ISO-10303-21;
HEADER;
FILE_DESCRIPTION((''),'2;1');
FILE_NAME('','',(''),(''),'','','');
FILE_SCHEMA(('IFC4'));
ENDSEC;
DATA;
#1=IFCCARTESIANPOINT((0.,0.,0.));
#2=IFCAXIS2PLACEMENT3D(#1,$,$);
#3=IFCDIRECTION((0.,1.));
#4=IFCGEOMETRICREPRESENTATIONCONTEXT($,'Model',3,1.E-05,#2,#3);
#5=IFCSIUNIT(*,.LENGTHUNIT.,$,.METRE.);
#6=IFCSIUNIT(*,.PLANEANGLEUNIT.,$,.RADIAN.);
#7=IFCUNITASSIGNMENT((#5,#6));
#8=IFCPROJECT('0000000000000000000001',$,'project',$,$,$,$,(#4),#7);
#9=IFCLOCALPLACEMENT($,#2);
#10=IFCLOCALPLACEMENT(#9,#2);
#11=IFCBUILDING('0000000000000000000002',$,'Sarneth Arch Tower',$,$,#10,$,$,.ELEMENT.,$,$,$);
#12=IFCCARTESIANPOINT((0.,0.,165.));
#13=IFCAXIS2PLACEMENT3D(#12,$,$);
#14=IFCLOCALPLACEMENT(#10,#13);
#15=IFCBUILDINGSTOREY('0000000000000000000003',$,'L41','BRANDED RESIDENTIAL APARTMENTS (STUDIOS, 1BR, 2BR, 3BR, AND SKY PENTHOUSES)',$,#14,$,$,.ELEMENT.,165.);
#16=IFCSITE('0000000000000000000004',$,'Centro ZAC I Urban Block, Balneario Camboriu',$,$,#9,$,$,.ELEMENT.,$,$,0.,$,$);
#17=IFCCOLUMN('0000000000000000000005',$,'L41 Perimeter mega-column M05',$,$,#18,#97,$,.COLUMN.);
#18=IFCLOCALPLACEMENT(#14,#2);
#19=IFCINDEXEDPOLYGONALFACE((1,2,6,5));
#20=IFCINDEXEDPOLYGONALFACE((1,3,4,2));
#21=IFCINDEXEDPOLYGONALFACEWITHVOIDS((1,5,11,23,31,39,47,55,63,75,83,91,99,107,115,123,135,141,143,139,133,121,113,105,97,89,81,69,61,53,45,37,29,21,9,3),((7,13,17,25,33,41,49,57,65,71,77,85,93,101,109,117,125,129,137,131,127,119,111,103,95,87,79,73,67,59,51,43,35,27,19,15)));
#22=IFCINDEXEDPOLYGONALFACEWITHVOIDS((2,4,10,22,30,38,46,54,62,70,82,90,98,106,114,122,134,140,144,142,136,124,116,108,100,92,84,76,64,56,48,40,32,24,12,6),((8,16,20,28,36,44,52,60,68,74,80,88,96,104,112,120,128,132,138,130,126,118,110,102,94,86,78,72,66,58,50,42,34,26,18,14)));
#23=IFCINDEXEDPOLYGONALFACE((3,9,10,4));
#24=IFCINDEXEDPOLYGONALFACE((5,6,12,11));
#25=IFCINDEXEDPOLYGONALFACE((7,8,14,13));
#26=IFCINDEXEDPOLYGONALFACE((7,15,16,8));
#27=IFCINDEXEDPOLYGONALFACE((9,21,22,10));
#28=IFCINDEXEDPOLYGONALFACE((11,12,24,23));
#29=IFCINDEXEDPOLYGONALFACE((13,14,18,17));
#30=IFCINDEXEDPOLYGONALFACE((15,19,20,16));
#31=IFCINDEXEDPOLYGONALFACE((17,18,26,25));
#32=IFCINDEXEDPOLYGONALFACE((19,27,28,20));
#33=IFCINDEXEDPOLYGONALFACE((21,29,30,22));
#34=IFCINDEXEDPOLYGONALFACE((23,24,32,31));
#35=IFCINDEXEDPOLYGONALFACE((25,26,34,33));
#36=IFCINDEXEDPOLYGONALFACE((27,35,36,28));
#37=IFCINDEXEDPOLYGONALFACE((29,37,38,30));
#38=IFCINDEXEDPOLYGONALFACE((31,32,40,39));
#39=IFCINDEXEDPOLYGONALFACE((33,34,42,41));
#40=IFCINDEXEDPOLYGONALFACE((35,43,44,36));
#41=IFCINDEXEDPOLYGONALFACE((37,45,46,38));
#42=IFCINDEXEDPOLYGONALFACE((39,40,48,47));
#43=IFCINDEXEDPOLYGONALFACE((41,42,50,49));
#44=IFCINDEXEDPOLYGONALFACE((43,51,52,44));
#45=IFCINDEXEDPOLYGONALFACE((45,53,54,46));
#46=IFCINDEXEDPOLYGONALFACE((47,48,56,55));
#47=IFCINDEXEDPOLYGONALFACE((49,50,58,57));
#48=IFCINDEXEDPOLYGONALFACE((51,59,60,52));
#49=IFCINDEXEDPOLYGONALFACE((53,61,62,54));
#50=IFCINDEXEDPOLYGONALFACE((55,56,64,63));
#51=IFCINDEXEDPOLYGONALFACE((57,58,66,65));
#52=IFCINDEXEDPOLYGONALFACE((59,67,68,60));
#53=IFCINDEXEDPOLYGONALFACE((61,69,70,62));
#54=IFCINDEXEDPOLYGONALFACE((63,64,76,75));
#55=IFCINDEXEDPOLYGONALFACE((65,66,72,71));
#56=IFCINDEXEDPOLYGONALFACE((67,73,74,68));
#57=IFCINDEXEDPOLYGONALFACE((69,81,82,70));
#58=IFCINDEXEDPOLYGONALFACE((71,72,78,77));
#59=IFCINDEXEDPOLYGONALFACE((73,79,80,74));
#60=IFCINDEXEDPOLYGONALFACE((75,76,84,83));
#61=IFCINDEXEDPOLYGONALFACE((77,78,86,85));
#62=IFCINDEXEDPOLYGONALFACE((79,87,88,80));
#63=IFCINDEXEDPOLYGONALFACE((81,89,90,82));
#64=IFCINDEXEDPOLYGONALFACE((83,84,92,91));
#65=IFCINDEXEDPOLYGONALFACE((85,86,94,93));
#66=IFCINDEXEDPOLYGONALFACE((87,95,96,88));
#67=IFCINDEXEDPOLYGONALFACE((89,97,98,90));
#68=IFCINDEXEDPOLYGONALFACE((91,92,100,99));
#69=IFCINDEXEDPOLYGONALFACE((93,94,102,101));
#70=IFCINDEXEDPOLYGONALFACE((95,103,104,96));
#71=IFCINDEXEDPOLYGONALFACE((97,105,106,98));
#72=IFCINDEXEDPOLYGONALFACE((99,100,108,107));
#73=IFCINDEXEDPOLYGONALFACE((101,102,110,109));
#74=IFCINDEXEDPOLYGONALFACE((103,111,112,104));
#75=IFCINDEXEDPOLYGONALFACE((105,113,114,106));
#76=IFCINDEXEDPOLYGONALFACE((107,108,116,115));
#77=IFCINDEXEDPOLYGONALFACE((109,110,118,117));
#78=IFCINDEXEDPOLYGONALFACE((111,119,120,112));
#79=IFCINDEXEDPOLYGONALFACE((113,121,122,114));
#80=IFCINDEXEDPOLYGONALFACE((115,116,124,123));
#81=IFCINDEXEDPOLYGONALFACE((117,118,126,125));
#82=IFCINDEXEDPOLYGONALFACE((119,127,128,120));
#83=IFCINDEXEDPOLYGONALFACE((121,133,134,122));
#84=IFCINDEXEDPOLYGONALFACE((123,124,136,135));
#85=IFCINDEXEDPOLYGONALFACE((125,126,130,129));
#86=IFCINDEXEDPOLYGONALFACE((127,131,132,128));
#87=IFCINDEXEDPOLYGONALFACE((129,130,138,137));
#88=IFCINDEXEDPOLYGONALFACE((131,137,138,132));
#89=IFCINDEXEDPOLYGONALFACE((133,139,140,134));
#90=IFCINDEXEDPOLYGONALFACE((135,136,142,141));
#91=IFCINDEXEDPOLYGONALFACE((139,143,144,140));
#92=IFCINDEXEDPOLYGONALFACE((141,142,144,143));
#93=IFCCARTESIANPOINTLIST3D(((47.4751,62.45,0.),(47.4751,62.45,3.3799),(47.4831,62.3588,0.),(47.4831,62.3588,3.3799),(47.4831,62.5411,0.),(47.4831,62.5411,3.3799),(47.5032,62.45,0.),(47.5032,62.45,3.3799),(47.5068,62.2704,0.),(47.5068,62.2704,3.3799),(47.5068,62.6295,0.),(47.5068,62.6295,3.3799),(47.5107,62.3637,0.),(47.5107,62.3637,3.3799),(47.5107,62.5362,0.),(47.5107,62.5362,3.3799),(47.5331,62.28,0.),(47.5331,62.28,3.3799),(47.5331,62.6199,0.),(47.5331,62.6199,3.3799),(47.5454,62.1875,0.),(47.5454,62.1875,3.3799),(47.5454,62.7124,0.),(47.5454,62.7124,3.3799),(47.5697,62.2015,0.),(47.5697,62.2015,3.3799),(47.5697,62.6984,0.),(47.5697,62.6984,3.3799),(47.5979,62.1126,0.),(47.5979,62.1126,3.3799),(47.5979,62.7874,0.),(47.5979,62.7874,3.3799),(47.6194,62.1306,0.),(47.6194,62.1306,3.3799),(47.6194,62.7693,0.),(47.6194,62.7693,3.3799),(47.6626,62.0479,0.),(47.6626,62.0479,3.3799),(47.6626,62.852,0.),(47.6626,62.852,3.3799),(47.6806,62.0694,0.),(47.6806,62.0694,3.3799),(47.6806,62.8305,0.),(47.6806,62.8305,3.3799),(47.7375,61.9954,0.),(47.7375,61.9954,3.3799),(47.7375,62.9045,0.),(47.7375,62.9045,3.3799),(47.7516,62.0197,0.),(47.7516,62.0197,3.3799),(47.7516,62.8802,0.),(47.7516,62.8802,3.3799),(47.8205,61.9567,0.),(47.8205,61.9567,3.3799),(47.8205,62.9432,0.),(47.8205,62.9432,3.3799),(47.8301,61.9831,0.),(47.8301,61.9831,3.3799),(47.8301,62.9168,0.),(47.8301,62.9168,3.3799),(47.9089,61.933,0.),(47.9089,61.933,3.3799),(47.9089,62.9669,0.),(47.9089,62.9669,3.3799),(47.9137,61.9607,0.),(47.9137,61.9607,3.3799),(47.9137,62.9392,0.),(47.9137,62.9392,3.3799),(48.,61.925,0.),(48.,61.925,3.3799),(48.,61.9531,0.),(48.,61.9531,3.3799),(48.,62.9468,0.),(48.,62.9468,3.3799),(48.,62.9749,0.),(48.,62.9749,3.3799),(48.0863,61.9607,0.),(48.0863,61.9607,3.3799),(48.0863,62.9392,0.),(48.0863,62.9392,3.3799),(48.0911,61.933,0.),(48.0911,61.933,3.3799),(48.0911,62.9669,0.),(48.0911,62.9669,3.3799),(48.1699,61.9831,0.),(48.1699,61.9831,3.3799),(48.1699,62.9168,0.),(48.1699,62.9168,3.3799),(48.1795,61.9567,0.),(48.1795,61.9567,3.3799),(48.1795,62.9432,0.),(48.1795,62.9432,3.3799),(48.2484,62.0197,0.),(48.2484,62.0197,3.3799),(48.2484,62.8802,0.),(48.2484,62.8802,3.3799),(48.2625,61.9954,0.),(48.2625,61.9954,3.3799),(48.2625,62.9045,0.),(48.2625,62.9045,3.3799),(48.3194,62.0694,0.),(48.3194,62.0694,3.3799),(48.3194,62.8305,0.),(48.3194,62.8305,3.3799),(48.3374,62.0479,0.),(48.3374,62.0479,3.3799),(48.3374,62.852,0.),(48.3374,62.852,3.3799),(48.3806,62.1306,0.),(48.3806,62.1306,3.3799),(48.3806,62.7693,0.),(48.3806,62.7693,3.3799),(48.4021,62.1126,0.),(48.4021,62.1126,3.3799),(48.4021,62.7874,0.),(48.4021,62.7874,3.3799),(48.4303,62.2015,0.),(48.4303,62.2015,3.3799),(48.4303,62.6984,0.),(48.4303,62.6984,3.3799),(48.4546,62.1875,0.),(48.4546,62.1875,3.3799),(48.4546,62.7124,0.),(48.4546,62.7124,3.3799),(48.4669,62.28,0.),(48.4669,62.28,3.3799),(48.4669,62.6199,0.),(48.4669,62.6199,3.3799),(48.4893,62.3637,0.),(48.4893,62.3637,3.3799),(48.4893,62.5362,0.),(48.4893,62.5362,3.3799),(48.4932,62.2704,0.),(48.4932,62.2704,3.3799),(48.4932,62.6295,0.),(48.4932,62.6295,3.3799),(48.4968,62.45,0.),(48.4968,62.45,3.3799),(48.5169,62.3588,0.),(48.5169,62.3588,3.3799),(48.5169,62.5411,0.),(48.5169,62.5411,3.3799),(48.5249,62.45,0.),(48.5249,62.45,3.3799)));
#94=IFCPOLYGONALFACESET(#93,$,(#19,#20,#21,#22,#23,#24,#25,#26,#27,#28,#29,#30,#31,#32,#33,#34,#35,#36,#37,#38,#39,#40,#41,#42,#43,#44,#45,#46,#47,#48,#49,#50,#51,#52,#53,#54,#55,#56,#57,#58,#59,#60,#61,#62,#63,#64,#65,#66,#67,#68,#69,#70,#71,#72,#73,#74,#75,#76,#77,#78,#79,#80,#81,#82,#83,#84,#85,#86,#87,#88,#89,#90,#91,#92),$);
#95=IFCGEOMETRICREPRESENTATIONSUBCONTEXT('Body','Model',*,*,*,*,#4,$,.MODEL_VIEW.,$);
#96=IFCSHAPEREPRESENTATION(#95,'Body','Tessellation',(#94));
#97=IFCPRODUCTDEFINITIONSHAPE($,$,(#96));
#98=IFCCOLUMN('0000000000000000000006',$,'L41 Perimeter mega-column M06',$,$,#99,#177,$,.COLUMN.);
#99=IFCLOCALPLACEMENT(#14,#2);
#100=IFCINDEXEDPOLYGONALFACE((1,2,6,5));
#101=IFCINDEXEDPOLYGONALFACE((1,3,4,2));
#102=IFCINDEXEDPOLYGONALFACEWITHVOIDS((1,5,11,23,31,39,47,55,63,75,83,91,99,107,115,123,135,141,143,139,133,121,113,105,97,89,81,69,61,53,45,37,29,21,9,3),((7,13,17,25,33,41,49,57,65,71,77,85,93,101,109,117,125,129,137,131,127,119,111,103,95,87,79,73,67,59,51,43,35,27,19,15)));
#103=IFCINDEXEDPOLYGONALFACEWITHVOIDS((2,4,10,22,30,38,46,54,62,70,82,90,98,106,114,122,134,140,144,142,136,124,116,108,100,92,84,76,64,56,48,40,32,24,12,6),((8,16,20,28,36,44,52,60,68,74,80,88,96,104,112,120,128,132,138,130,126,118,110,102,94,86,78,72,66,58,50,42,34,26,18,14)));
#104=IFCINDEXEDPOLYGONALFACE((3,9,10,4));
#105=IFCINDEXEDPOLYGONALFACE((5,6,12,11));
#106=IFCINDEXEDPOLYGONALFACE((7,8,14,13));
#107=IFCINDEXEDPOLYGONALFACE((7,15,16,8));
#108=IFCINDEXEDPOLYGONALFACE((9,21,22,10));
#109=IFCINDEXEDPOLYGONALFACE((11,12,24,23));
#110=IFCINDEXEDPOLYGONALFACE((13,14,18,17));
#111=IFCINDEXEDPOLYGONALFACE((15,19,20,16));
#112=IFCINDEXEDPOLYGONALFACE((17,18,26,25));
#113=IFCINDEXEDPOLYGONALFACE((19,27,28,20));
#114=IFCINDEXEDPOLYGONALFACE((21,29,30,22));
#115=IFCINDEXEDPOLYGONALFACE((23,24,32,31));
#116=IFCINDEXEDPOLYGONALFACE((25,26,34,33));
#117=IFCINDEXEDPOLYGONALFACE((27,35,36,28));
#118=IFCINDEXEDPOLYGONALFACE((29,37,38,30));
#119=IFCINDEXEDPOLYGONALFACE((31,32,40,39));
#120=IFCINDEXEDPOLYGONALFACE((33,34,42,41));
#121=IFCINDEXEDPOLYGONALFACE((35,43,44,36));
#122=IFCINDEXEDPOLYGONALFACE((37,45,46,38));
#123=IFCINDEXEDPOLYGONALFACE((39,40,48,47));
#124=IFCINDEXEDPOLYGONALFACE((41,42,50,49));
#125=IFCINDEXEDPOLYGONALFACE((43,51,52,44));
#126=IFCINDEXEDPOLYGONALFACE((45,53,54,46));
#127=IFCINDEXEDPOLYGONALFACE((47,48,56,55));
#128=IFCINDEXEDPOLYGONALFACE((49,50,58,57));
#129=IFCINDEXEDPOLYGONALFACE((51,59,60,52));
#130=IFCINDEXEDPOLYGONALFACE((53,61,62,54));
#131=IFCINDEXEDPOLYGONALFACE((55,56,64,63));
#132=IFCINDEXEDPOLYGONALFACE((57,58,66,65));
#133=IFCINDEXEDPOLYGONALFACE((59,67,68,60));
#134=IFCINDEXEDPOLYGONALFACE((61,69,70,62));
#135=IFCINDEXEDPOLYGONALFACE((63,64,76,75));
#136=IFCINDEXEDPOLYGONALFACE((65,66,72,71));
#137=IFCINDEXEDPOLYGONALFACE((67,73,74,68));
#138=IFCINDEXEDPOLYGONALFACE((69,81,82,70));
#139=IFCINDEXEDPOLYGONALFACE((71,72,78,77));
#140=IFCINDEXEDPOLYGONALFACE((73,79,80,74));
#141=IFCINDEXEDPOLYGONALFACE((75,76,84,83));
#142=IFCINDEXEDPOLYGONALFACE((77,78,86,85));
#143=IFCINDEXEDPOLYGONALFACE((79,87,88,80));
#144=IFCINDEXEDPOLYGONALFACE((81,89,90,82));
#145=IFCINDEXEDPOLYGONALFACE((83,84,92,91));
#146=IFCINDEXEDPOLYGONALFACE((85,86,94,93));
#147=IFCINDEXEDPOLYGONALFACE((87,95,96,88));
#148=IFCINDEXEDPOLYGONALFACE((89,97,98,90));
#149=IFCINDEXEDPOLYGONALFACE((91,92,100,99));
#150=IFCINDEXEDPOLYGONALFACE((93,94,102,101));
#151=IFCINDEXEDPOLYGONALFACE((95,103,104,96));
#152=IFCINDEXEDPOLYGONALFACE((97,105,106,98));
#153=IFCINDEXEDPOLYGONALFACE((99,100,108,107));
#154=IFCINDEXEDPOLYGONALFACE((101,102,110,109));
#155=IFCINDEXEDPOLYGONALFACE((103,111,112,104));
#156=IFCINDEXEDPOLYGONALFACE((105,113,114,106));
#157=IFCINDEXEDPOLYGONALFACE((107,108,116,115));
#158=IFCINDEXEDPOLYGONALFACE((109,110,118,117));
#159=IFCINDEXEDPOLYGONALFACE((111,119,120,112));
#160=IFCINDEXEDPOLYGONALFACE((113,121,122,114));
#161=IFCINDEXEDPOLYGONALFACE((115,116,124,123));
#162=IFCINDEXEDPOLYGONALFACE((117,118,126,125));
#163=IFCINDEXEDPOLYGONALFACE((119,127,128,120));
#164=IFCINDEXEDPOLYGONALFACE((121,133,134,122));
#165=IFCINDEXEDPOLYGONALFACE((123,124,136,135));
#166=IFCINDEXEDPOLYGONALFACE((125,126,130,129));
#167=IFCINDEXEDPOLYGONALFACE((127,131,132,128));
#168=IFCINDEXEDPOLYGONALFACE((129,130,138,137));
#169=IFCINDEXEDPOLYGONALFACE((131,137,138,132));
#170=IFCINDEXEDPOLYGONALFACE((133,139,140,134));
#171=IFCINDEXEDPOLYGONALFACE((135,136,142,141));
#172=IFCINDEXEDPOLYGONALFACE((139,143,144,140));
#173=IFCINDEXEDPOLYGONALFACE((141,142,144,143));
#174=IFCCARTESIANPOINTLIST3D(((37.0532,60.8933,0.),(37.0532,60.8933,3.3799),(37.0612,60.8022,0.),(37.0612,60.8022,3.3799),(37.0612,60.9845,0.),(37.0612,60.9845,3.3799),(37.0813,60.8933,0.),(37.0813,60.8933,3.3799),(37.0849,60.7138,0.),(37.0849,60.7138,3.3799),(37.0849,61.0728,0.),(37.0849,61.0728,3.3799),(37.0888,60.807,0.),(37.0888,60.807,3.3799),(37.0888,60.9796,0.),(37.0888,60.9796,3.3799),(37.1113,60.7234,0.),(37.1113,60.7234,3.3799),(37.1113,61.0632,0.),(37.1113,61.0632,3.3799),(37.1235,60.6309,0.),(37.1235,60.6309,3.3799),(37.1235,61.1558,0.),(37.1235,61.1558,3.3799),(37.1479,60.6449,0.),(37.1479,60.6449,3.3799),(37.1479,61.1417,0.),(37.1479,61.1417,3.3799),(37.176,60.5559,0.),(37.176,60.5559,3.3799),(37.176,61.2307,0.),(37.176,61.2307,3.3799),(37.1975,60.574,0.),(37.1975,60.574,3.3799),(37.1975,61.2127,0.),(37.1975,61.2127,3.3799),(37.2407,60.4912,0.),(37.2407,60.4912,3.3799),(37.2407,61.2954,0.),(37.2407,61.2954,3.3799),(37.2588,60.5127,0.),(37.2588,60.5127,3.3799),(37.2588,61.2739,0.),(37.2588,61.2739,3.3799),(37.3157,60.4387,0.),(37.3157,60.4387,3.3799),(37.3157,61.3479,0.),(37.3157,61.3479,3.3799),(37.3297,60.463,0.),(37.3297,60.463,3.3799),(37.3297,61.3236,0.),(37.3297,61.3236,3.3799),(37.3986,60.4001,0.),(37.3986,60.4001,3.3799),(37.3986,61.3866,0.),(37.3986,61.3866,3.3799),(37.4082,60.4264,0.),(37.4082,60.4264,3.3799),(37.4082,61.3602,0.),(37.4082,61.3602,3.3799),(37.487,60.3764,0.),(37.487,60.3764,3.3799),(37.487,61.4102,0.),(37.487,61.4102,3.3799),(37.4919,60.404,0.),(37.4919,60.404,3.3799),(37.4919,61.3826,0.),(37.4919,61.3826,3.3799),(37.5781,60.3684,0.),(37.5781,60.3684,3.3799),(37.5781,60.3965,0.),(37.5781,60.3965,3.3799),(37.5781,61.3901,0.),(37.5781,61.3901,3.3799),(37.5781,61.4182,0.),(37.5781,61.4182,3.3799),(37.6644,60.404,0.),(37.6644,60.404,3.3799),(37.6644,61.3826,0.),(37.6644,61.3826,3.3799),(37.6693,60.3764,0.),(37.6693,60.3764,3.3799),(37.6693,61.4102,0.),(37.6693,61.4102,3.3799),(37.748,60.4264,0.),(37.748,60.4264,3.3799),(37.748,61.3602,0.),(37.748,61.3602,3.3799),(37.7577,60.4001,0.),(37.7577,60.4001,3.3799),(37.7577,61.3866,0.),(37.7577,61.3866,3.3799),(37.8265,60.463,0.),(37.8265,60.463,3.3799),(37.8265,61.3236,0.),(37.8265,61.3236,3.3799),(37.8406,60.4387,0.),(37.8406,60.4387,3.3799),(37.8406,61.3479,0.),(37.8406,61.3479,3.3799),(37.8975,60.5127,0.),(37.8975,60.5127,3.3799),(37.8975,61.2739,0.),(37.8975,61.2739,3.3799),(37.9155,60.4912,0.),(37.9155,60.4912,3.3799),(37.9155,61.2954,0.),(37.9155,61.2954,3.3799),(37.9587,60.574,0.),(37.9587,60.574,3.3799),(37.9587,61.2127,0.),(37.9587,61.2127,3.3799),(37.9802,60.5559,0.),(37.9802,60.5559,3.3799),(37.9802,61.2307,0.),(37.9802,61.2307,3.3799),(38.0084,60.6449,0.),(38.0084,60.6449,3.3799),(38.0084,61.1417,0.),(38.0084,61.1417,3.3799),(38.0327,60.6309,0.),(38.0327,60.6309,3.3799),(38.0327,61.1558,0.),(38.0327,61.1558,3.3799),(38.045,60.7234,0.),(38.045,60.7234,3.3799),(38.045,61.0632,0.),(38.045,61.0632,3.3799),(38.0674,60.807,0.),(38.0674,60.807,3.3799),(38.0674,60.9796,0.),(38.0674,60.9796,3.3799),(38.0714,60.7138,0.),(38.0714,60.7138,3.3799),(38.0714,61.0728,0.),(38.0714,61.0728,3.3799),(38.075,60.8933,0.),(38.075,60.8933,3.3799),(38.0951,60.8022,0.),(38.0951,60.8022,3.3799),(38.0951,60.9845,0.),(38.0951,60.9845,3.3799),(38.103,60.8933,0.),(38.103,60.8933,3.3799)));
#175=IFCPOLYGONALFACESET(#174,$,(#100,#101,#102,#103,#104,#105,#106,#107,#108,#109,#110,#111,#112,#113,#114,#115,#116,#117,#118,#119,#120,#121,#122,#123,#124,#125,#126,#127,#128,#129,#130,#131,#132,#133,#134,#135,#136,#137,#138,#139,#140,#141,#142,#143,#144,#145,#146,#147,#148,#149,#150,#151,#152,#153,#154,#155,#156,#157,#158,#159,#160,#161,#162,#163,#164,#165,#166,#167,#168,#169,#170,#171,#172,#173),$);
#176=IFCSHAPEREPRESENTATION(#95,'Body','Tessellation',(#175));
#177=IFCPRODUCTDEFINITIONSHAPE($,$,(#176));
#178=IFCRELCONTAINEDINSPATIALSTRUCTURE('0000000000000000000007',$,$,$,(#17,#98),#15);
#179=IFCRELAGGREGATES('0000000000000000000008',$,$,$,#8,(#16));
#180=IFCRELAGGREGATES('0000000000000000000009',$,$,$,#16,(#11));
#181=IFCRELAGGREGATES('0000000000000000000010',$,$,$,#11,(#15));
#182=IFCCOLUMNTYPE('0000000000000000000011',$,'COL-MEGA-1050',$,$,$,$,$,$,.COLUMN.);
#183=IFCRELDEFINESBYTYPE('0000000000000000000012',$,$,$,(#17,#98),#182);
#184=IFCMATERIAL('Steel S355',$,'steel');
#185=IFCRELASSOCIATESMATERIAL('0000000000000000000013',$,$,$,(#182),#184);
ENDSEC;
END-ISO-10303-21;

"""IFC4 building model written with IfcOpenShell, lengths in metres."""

from ifc_helpers import new_model, si_unit, direction, frame, origin, origin_2d, place, context, subcontext, project, spatial, hollow_circle, extrude, material, material_profile, profile_set, type_object, element, save


model = new_model("IFC4")

# Units and contexts
model_context = context("Model", 3, precision=1e-05, world=origin(), true_north=direction((0.0, 1.0)))
body_context = subcontext(model_context, "Body", "Model", "MODEL_VIEW")
ifc_project = project(units=[si_unit("LENGTHUNIT", "METRE"), si_unit("PLANEANGLEUNIT", "RADIAN")], contexts=[model_context])

# Site, building, storey
site_placement = place(None, origin())
site = spatial("IfcSite", under=ifc_project, at=site_placement, Name="Centro ZAC I Urban Block, Balneario Camboriu", CompositionType="ELEMENT", RefElevation=0.0)
building_placement = place(site_placement, origin())
building = spatial("IfcBuilding", under=site, at=building_placement, Name="Sarneth Arch Tower", CompositionType="ELEMENT")
storey_placement = place(building_placement, frame((0.0, 0.0, 165.0)))
storey = spatial("IfcBuildingStorey", under=building, at=storey_placement, Name="L41", Description="BRANDED RESIDENTIAL APARTMENTS (STUDIOS, 1BR, 2BR, 3BR, AND SKY PENTHOUSES)", CompositionType="ELEMENT", Elevation=165.0)

# Columns
ifc_material_1 = material(Name="Steel S355", Category="steel")
ifc_material_profile_1 = material_profile(ifc_material_1, hollow_circle(Radius=0.5249, WallThickness=0.0281, at=origin_2d()), Name="CHS1050x28")
ifc_profile_set_1 = profile_set([ifc_material_profile_1], Name="Steel S355")
column_type = type_object("IfcColumnType", Name="COL-MEGA-1050", PredefinedType="COLUMN", material=ifc_profile_set_1)
for number, where, z_axis, x_axis, name in (
    (1, (48.0, 62.45, 0.0), (0.0, 0.0, 1.0), (1.0, 0.0, 0.0), "L41 Perimeter mega-column M05"),
    (2, (37.5781, 60.8933, 0.0), (0.0, 0.0, 1.0), (1.0, 0.0, 0.0), "L41 Perimeter mega-column M06"),
):
    element("IfcColumn", number, at=place(storey_placement, frame(where, z_axis=z_axis, x_axis=x_axis)), inside=storey, type_object=column_type, Name=name, PredefinedType="COLUMN", context=body_context, shape_type="SweptSolid", body=[
        extrude(hollow_circle(Radius=0.5249, WallThickness=0.0281, at=origin_2d()), origin(), (0.0, 0.0, 1.0), 3.3799),
    ])

save(model, "model.ifc")
